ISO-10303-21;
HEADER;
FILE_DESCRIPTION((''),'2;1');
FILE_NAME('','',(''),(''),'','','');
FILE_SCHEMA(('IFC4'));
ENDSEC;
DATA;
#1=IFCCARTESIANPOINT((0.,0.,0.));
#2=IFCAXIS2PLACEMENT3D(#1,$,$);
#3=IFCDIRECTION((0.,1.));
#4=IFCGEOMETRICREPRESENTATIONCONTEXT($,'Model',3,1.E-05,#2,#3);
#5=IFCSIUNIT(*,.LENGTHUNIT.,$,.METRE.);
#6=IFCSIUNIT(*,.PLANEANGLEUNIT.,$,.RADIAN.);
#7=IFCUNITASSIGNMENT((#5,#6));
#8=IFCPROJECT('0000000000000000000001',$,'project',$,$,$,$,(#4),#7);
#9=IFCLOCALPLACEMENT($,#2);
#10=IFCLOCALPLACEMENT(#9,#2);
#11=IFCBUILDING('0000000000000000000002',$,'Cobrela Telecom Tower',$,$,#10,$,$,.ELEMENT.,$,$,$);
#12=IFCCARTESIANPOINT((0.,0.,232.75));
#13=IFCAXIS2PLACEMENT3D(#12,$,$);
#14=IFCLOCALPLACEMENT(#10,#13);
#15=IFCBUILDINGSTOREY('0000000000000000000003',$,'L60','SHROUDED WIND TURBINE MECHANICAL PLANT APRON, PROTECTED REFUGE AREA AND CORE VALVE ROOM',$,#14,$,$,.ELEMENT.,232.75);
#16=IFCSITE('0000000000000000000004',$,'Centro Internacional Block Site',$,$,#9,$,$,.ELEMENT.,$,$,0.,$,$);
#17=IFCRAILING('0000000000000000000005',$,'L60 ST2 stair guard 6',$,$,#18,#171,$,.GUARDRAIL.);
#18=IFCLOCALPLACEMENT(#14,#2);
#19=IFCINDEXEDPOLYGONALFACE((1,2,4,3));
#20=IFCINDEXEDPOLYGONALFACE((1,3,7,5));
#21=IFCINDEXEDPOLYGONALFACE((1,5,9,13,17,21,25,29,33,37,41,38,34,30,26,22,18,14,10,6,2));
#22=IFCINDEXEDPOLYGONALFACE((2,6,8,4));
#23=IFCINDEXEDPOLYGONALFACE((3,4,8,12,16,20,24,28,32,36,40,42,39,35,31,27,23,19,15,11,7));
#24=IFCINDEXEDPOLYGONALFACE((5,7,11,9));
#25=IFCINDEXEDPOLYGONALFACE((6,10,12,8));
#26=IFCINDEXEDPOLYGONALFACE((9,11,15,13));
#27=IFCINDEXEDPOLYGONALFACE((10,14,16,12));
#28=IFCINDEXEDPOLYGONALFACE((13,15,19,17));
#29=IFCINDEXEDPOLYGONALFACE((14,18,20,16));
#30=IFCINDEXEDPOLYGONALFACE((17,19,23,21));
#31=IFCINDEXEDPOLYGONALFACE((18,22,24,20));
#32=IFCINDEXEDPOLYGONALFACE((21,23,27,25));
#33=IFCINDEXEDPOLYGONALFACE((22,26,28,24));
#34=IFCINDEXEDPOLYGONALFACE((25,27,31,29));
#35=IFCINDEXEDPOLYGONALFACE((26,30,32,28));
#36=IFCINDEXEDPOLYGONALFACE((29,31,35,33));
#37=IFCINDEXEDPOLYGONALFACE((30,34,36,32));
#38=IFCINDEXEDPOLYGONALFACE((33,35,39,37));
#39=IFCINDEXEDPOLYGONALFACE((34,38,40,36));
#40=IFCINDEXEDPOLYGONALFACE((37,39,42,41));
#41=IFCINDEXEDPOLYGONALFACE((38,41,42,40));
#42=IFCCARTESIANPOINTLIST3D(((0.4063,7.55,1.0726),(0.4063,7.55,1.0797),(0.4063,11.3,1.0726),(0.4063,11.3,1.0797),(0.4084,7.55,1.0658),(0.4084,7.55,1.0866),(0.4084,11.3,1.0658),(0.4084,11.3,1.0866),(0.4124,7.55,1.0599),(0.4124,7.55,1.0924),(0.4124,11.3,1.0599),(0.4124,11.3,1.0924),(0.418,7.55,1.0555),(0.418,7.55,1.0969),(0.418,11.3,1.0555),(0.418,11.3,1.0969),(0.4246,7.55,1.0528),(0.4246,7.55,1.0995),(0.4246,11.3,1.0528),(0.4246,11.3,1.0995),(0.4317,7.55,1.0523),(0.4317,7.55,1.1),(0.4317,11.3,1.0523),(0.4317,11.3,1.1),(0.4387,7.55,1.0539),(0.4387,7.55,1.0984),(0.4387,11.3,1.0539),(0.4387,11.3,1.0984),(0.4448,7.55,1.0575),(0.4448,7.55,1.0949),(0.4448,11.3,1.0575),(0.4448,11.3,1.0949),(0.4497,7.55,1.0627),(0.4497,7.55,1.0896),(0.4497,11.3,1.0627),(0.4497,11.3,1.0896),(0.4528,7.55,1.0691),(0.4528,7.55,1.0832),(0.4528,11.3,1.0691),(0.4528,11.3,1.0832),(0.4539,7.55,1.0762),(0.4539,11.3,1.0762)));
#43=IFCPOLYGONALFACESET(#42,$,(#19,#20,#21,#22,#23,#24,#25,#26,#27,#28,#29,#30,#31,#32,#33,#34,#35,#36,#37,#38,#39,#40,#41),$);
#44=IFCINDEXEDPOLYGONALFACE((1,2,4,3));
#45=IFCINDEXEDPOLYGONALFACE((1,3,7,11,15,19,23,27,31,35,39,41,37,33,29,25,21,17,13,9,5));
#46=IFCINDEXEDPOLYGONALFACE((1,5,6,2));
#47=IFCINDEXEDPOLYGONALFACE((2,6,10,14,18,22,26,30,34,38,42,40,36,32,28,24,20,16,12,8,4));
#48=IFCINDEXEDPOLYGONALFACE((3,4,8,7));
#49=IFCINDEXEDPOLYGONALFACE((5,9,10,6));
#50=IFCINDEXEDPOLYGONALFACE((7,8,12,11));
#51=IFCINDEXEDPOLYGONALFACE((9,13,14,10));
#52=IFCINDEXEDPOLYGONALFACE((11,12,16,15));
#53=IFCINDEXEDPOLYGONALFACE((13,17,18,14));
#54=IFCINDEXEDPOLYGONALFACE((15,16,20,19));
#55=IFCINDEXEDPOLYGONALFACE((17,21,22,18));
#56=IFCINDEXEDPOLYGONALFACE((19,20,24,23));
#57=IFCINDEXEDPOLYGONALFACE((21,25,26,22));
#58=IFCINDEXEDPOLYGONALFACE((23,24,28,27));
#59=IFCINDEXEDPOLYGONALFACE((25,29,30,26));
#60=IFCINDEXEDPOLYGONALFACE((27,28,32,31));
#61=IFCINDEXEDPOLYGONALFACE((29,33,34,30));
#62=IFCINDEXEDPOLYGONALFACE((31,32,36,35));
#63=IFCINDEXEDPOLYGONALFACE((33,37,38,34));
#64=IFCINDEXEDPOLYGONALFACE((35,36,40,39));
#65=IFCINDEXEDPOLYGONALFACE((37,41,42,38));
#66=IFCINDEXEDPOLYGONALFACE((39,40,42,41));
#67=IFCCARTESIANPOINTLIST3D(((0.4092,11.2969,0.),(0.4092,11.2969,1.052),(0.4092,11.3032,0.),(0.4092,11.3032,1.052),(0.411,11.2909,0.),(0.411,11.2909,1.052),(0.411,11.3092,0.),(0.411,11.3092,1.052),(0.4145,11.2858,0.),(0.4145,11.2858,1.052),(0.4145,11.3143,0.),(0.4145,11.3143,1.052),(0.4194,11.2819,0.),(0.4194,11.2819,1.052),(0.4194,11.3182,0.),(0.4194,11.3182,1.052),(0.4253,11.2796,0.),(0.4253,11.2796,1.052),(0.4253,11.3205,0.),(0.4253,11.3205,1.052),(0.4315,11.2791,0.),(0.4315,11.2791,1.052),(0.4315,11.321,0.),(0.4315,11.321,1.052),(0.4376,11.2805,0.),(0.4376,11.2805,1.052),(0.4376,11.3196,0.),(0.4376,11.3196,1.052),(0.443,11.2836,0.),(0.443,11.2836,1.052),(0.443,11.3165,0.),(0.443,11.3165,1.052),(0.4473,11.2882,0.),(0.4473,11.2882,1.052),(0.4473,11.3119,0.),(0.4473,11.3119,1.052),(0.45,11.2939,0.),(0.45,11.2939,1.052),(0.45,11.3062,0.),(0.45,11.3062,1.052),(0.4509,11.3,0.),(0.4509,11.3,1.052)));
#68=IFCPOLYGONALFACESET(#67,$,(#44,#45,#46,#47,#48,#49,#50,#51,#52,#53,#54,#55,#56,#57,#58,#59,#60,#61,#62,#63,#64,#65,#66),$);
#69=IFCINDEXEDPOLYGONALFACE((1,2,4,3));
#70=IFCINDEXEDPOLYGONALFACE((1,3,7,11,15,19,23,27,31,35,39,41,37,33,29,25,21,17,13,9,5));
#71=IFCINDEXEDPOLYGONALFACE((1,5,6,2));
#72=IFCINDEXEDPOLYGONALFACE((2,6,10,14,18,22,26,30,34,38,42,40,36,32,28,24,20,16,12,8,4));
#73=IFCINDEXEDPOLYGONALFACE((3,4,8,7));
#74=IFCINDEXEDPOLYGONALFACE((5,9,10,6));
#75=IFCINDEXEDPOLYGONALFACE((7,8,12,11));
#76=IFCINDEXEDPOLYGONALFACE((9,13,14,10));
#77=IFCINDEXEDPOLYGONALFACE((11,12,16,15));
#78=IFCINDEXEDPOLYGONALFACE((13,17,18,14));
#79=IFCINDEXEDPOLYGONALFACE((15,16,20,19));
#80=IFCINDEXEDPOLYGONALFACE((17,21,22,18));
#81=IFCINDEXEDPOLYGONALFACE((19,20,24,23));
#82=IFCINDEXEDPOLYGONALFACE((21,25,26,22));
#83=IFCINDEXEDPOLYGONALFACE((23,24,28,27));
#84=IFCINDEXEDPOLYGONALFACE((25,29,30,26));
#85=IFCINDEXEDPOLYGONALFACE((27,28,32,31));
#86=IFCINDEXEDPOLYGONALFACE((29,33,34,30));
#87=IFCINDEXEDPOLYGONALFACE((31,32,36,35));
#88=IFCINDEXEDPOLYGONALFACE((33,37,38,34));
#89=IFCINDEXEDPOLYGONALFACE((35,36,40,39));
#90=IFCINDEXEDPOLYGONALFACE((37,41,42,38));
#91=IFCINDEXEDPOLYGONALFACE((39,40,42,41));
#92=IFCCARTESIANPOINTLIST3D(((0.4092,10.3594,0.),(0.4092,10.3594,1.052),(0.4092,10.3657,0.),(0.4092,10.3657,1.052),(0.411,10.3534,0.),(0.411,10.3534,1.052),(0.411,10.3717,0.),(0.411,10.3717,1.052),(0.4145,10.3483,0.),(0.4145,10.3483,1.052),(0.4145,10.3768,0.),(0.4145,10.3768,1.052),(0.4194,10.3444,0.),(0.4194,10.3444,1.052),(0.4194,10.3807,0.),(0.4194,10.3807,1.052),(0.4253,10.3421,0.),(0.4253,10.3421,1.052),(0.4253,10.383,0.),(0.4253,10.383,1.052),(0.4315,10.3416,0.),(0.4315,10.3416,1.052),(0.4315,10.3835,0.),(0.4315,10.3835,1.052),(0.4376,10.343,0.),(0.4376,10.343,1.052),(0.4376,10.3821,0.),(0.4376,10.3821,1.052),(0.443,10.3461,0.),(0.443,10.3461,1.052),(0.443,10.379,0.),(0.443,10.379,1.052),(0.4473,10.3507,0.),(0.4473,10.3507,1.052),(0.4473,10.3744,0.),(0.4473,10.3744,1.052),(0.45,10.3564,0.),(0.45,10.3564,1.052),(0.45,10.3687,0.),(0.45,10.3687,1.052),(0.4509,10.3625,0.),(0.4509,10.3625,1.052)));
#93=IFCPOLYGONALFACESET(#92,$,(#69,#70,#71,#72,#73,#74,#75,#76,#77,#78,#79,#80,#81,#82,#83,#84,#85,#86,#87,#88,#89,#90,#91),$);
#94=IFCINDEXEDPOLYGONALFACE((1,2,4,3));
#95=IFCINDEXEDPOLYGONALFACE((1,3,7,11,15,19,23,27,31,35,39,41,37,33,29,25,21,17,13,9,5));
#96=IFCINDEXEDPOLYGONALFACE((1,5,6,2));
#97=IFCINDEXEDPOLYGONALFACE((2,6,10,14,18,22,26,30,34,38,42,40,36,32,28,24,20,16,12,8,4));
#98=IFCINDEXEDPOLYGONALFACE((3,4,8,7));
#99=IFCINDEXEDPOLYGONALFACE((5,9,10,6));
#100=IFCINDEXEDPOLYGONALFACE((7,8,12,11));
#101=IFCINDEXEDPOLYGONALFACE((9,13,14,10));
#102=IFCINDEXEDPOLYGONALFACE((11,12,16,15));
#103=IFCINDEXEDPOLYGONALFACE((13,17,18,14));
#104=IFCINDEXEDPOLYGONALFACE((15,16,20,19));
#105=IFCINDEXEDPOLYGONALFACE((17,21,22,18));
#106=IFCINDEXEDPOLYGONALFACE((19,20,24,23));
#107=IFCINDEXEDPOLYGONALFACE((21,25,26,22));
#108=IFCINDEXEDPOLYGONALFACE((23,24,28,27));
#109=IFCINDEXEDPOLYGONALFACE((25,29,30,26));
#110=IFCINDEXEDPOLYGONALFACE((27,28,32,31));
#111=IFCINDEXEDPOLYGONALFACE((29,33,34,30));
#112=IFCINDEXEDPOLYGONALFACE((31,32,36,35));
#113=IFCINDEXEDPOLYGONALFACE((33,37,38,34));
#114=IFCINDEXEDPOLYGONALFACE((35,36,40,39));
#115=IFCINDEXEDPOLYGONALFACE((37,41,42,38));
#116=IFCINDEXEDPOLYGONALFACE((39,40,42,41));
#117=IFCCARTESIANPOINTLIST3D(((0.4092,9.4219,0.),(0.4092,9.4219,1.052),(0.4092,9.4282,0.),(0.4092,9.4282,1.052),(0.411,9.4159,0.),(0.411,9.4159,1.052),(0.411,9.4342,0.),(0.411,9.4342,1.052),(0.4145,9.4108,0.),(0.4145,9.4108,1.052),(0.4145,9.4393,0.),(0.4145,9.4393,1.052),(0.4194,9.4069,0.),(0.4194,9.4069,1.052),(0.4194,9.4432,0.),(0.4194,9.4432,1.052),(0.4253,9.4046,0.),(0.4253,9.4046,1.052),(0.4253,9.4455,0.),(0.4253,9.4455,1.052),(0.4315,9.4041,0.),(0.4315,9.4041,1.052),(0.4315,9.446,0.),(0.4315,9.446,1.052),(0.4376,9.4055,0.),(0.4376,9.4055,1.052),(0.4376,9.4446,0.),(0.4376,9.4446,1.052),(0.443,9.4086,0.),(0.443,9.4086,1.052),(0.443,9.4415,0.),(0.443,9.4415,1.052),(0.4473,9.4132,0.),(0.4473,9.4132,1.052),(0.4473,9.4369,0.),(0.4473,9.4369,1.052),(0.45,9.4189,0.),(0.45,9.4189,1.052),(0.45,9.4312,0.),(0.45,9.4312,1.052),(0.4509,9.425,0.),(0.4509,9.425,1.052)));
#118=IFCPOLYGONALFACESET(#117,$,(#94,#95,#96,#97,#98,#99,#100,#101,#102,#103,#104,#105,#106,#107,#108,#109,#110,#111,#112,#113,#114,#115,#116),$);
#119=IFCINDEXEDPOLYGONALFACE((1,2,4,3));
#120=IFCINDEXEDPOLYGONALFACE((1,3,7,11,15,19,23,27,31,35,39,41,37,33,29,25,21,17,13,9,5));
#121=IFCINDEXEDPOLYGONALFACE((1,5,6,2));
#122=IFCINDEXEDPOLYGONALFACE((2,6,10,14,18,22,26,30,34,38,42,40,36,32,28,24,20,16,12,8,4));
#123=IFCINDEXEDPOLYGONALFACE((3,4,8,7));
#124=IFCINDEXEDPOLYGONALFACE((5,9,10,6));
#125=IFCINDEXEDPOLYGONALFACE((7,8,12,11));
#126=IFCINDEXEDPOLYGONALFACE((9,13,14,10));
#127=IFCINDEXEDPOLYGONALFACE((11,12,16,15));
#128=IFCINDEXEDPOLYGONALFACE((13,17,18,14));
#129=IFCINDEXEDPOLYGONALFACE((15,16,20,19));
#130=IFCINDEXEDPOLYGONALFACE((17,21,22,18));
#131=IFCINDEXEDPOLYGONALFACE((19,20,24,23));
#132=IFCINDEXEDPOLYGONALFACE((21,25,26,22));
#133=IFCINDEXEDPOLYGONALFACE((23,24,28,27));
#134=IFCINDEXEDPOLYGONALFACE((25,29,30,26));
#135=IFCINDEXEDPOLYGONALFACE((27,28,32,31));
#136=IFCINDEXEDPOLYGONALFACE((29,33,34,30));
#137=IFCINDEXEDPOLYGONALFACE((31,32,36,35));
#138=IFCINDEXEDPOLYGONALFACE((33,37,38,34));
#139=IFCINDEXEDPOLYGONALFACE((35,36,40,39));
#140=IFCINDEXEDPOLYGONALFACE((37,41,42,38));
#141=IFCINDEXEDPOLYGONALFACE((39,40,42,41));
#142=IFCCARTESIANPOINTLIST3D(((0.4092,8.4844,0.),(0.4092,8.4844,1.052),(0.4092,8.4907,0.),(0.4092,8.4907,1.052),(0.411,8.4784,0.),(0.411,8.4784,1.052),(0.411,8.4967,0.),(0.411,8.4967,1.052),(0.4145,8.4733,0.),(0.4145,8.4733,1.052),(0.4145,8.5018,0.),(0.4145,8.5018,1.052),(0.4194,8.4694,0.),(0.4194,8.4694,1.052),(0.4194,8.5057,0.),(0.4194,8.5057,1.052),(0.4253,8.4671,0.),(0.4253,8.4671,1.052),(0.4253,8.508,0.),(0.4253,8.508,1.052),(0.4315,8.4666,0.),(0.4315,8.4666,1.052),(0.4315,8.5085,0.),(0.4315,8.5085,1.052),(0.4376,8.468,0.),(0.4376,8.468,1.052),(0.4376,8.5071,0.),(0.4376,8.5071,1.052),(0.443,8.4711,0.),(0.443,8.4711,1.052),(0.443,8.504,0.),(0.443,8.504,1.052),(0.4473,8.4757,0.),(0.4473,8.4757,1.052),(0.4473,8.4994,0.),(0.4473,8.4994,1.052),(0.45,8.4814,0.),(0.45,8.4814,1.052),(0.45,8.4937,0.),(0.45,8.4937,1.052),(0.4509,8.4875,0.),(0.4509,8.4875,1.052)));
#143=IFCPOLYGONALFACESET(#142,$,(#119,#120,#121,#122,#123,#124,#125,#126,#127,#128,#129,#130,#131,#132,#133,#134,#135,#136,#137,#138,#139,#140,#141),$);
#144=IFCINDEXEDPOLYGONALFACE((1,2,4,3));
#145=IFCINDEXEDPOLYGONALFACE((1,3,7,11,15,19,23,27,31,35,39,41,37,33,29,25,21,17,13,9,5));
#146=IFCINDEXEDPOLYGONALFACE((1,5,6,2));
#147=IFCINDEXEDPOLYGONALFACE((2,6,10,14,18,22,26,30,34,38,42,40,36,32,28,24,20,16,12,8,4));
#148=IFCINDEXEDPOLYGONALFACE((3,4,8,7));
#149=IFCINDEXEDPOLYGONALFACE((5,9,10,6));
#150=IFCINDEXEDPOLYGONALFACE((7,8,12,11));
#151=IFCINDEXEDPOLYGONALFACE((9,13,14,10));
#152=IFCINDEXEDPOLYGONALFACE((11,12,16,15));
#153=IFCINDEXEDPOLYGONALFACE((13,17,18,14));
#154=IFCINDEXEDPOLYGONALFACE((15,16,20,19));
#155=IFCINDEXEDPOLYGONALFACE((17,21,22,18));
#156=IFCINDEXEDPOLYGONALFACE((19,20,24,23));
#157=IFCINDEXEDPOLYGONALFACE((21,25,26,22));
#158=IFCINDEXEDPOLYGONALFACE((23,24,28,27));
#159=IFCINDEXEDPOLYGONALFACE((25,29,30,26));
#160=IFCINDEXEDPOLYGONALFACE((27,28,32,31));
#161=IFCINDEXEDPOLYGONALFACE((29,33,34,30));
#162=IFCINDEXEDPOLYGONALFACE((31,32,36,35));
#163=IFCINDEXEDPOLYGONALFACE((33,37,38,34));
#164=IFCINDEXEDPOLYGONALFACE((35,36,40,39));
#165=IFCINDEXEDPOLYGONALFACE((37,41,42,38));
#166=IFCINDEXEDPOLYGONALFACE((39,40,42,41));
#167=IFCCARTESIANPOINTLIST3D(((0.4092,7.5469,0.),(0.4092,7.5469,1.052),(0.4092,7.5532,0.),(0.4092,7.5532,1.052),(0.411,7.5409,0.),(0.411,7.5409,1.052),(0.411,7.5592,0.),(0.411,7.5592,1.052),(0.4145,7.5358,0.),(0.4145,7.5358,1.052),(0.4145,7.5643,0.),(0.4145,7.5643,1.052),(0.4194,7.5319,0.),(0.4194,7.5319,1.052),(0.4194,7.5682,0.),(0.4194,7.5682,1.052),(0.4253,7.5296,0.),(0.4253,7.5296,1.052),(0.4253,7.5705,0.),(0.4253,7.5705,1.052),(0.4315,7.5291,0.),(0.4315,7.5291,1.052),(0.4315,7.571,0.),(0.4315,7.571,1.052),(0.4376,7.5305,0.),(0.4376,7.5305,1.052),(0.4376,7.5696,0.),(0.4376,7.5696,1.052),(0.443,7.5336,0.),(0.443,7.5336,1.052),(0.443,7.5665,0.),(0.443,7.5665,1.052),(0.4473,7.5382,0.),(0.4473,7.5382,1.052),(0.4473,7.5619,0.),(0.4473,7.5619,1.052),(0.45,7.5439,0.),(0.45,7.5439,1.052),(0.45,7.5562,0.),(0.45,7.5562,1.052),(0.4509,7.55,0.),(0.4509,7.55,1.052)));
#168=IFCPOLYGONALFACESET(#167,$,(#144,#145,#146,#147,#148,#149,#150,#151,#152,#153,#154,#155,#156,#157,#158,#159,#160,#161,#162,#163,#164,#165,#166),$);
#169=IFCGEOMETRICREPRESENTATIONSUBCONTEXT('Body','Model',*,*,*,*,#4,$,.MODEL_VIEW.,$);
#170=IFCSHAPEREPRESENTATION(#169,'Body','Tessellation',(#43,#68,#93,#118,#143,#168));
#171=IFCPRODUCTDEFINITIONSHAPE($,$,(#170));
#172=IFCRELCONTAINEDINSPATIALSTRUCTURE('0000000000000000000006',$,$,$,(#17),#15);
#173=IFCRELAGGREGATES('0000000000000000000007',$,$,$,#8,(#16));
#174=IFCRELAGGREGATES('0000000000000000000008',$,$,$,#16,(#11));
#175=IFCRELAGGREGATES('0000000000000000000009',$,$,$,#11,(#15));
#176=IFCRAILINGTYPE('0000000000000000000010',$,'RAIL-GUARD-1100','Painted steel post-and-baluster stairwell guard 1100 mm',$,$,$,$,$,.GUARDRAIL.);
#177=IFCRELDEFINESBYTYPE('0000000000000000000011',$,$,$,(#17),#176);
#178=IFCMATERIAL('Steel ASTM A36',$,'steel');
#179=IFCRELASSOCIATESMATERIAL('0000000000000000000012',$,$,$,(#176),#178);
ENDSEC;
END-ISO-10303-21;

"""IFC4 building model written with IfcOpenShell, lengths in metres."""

from ifc_helpers import new_model, si_unit, direction, frame, origin, origin_2d, place, context, subcontext, project, spatial, circle, extrude, material, type_object, element, save


model = new_model("IFC4")

# Units and contexts
model_context = context("Model", 3, precision=1e-05, world=origin(), true_north=direction((0.0, 1.0)))
body_context = subcontext(model_context, "Body", "Model", "MODEL_VIEW")
ifc_project = project(units=[si_unit("LENGTHUNIT", "METRE"), si_unit("PLANEANGLEUNIT", "RADIAN")], contexts=[model_context])

# Site, building, storey
site_placement = place(None, origin())
site = spatial("IfcSite", under=ifc_project, at=site_placement, Name="Centro Internacional Block Site", CompositionType="ELEMENT", RefElevation=0.0)
building_placement = place(site_placement, origin())
building = spatial("IfcBuilding", under=site, at=building_placement, Name="Cobrela Telecom Tower", CompositionType="ELEMENT")
storey_placement = place(building_placement, frame((0.0, 0.0, 232.75)))
storey = spatial("IfcBuildingStorey", under=building, at=storey_placement, Name="L60", Description="SHROUDED WIND TURBINE MECHANICAL PLANT APRON, PROTECTED REFUGE AREA AND CORE VALVE ROOM", CompositionType="ELEMENT", Elevation=232.75)

# Shared definitions
ifc_material_1 = material(Name="Steel ASTM A36", Category="steel")

# Railing
railing_type_1 = type_object("IfcRailingType", Name="RAIL-GUARD-1100", Description="Painted steel post-and-baluster stairwell guard 1100 mm", PredefinedType="GUARDRAIL", material=ifc_material_1)
railing_1_placement = place(storey_placement, frame((0.4299, 11.3, 0.0)))
element("IfcRailing", 1, at=railing_1_placement, inside=storey, type_object=railing_type_1, Name="L60 ST2 stair guard 6", PredefinedType="GUARDRAIL", context=body_context, shape_type="SweptSolid", body=[
    extrude(circle(Radius=0.0239, at=origin_2d()), frame((0.0, 0.0, 1.0762), z_axis=(0.0, -1.0, 0.0), x_axis=(1.0, 0.0, 0.0)), (0.0, 0.0, 1.0), 3.75),
    extrude(circle(Radius=0.021, at=origin_2d()), origin(), (0.0, 0.0, 1.0), 1.052),
    extrude(circle(Radius=0.021, at=origin_2d()), frame((0.0, -0.9375, 0.0)), (0.0, 0.0, 1.0), 1.052),
    extrude(circle(Radius=0.021, at=origin_2d()), frame((0.0, -1.875, 0.0)), (0.0, 0.0, 1.0), 1.052),
    extrude(circle(Radius=0.021, at=origin_2d()), frame((0.0, -2.8125, 0.0)), (0.0, 0.0, 1.0), 1.052),
    extrude(circle(Radius=0.021, at=origin_2d()), frame((0.0, -3.75, 0.0)), (0.0, 0.0, 1.0), 1.052),
])

save(model, "model.ifc")
